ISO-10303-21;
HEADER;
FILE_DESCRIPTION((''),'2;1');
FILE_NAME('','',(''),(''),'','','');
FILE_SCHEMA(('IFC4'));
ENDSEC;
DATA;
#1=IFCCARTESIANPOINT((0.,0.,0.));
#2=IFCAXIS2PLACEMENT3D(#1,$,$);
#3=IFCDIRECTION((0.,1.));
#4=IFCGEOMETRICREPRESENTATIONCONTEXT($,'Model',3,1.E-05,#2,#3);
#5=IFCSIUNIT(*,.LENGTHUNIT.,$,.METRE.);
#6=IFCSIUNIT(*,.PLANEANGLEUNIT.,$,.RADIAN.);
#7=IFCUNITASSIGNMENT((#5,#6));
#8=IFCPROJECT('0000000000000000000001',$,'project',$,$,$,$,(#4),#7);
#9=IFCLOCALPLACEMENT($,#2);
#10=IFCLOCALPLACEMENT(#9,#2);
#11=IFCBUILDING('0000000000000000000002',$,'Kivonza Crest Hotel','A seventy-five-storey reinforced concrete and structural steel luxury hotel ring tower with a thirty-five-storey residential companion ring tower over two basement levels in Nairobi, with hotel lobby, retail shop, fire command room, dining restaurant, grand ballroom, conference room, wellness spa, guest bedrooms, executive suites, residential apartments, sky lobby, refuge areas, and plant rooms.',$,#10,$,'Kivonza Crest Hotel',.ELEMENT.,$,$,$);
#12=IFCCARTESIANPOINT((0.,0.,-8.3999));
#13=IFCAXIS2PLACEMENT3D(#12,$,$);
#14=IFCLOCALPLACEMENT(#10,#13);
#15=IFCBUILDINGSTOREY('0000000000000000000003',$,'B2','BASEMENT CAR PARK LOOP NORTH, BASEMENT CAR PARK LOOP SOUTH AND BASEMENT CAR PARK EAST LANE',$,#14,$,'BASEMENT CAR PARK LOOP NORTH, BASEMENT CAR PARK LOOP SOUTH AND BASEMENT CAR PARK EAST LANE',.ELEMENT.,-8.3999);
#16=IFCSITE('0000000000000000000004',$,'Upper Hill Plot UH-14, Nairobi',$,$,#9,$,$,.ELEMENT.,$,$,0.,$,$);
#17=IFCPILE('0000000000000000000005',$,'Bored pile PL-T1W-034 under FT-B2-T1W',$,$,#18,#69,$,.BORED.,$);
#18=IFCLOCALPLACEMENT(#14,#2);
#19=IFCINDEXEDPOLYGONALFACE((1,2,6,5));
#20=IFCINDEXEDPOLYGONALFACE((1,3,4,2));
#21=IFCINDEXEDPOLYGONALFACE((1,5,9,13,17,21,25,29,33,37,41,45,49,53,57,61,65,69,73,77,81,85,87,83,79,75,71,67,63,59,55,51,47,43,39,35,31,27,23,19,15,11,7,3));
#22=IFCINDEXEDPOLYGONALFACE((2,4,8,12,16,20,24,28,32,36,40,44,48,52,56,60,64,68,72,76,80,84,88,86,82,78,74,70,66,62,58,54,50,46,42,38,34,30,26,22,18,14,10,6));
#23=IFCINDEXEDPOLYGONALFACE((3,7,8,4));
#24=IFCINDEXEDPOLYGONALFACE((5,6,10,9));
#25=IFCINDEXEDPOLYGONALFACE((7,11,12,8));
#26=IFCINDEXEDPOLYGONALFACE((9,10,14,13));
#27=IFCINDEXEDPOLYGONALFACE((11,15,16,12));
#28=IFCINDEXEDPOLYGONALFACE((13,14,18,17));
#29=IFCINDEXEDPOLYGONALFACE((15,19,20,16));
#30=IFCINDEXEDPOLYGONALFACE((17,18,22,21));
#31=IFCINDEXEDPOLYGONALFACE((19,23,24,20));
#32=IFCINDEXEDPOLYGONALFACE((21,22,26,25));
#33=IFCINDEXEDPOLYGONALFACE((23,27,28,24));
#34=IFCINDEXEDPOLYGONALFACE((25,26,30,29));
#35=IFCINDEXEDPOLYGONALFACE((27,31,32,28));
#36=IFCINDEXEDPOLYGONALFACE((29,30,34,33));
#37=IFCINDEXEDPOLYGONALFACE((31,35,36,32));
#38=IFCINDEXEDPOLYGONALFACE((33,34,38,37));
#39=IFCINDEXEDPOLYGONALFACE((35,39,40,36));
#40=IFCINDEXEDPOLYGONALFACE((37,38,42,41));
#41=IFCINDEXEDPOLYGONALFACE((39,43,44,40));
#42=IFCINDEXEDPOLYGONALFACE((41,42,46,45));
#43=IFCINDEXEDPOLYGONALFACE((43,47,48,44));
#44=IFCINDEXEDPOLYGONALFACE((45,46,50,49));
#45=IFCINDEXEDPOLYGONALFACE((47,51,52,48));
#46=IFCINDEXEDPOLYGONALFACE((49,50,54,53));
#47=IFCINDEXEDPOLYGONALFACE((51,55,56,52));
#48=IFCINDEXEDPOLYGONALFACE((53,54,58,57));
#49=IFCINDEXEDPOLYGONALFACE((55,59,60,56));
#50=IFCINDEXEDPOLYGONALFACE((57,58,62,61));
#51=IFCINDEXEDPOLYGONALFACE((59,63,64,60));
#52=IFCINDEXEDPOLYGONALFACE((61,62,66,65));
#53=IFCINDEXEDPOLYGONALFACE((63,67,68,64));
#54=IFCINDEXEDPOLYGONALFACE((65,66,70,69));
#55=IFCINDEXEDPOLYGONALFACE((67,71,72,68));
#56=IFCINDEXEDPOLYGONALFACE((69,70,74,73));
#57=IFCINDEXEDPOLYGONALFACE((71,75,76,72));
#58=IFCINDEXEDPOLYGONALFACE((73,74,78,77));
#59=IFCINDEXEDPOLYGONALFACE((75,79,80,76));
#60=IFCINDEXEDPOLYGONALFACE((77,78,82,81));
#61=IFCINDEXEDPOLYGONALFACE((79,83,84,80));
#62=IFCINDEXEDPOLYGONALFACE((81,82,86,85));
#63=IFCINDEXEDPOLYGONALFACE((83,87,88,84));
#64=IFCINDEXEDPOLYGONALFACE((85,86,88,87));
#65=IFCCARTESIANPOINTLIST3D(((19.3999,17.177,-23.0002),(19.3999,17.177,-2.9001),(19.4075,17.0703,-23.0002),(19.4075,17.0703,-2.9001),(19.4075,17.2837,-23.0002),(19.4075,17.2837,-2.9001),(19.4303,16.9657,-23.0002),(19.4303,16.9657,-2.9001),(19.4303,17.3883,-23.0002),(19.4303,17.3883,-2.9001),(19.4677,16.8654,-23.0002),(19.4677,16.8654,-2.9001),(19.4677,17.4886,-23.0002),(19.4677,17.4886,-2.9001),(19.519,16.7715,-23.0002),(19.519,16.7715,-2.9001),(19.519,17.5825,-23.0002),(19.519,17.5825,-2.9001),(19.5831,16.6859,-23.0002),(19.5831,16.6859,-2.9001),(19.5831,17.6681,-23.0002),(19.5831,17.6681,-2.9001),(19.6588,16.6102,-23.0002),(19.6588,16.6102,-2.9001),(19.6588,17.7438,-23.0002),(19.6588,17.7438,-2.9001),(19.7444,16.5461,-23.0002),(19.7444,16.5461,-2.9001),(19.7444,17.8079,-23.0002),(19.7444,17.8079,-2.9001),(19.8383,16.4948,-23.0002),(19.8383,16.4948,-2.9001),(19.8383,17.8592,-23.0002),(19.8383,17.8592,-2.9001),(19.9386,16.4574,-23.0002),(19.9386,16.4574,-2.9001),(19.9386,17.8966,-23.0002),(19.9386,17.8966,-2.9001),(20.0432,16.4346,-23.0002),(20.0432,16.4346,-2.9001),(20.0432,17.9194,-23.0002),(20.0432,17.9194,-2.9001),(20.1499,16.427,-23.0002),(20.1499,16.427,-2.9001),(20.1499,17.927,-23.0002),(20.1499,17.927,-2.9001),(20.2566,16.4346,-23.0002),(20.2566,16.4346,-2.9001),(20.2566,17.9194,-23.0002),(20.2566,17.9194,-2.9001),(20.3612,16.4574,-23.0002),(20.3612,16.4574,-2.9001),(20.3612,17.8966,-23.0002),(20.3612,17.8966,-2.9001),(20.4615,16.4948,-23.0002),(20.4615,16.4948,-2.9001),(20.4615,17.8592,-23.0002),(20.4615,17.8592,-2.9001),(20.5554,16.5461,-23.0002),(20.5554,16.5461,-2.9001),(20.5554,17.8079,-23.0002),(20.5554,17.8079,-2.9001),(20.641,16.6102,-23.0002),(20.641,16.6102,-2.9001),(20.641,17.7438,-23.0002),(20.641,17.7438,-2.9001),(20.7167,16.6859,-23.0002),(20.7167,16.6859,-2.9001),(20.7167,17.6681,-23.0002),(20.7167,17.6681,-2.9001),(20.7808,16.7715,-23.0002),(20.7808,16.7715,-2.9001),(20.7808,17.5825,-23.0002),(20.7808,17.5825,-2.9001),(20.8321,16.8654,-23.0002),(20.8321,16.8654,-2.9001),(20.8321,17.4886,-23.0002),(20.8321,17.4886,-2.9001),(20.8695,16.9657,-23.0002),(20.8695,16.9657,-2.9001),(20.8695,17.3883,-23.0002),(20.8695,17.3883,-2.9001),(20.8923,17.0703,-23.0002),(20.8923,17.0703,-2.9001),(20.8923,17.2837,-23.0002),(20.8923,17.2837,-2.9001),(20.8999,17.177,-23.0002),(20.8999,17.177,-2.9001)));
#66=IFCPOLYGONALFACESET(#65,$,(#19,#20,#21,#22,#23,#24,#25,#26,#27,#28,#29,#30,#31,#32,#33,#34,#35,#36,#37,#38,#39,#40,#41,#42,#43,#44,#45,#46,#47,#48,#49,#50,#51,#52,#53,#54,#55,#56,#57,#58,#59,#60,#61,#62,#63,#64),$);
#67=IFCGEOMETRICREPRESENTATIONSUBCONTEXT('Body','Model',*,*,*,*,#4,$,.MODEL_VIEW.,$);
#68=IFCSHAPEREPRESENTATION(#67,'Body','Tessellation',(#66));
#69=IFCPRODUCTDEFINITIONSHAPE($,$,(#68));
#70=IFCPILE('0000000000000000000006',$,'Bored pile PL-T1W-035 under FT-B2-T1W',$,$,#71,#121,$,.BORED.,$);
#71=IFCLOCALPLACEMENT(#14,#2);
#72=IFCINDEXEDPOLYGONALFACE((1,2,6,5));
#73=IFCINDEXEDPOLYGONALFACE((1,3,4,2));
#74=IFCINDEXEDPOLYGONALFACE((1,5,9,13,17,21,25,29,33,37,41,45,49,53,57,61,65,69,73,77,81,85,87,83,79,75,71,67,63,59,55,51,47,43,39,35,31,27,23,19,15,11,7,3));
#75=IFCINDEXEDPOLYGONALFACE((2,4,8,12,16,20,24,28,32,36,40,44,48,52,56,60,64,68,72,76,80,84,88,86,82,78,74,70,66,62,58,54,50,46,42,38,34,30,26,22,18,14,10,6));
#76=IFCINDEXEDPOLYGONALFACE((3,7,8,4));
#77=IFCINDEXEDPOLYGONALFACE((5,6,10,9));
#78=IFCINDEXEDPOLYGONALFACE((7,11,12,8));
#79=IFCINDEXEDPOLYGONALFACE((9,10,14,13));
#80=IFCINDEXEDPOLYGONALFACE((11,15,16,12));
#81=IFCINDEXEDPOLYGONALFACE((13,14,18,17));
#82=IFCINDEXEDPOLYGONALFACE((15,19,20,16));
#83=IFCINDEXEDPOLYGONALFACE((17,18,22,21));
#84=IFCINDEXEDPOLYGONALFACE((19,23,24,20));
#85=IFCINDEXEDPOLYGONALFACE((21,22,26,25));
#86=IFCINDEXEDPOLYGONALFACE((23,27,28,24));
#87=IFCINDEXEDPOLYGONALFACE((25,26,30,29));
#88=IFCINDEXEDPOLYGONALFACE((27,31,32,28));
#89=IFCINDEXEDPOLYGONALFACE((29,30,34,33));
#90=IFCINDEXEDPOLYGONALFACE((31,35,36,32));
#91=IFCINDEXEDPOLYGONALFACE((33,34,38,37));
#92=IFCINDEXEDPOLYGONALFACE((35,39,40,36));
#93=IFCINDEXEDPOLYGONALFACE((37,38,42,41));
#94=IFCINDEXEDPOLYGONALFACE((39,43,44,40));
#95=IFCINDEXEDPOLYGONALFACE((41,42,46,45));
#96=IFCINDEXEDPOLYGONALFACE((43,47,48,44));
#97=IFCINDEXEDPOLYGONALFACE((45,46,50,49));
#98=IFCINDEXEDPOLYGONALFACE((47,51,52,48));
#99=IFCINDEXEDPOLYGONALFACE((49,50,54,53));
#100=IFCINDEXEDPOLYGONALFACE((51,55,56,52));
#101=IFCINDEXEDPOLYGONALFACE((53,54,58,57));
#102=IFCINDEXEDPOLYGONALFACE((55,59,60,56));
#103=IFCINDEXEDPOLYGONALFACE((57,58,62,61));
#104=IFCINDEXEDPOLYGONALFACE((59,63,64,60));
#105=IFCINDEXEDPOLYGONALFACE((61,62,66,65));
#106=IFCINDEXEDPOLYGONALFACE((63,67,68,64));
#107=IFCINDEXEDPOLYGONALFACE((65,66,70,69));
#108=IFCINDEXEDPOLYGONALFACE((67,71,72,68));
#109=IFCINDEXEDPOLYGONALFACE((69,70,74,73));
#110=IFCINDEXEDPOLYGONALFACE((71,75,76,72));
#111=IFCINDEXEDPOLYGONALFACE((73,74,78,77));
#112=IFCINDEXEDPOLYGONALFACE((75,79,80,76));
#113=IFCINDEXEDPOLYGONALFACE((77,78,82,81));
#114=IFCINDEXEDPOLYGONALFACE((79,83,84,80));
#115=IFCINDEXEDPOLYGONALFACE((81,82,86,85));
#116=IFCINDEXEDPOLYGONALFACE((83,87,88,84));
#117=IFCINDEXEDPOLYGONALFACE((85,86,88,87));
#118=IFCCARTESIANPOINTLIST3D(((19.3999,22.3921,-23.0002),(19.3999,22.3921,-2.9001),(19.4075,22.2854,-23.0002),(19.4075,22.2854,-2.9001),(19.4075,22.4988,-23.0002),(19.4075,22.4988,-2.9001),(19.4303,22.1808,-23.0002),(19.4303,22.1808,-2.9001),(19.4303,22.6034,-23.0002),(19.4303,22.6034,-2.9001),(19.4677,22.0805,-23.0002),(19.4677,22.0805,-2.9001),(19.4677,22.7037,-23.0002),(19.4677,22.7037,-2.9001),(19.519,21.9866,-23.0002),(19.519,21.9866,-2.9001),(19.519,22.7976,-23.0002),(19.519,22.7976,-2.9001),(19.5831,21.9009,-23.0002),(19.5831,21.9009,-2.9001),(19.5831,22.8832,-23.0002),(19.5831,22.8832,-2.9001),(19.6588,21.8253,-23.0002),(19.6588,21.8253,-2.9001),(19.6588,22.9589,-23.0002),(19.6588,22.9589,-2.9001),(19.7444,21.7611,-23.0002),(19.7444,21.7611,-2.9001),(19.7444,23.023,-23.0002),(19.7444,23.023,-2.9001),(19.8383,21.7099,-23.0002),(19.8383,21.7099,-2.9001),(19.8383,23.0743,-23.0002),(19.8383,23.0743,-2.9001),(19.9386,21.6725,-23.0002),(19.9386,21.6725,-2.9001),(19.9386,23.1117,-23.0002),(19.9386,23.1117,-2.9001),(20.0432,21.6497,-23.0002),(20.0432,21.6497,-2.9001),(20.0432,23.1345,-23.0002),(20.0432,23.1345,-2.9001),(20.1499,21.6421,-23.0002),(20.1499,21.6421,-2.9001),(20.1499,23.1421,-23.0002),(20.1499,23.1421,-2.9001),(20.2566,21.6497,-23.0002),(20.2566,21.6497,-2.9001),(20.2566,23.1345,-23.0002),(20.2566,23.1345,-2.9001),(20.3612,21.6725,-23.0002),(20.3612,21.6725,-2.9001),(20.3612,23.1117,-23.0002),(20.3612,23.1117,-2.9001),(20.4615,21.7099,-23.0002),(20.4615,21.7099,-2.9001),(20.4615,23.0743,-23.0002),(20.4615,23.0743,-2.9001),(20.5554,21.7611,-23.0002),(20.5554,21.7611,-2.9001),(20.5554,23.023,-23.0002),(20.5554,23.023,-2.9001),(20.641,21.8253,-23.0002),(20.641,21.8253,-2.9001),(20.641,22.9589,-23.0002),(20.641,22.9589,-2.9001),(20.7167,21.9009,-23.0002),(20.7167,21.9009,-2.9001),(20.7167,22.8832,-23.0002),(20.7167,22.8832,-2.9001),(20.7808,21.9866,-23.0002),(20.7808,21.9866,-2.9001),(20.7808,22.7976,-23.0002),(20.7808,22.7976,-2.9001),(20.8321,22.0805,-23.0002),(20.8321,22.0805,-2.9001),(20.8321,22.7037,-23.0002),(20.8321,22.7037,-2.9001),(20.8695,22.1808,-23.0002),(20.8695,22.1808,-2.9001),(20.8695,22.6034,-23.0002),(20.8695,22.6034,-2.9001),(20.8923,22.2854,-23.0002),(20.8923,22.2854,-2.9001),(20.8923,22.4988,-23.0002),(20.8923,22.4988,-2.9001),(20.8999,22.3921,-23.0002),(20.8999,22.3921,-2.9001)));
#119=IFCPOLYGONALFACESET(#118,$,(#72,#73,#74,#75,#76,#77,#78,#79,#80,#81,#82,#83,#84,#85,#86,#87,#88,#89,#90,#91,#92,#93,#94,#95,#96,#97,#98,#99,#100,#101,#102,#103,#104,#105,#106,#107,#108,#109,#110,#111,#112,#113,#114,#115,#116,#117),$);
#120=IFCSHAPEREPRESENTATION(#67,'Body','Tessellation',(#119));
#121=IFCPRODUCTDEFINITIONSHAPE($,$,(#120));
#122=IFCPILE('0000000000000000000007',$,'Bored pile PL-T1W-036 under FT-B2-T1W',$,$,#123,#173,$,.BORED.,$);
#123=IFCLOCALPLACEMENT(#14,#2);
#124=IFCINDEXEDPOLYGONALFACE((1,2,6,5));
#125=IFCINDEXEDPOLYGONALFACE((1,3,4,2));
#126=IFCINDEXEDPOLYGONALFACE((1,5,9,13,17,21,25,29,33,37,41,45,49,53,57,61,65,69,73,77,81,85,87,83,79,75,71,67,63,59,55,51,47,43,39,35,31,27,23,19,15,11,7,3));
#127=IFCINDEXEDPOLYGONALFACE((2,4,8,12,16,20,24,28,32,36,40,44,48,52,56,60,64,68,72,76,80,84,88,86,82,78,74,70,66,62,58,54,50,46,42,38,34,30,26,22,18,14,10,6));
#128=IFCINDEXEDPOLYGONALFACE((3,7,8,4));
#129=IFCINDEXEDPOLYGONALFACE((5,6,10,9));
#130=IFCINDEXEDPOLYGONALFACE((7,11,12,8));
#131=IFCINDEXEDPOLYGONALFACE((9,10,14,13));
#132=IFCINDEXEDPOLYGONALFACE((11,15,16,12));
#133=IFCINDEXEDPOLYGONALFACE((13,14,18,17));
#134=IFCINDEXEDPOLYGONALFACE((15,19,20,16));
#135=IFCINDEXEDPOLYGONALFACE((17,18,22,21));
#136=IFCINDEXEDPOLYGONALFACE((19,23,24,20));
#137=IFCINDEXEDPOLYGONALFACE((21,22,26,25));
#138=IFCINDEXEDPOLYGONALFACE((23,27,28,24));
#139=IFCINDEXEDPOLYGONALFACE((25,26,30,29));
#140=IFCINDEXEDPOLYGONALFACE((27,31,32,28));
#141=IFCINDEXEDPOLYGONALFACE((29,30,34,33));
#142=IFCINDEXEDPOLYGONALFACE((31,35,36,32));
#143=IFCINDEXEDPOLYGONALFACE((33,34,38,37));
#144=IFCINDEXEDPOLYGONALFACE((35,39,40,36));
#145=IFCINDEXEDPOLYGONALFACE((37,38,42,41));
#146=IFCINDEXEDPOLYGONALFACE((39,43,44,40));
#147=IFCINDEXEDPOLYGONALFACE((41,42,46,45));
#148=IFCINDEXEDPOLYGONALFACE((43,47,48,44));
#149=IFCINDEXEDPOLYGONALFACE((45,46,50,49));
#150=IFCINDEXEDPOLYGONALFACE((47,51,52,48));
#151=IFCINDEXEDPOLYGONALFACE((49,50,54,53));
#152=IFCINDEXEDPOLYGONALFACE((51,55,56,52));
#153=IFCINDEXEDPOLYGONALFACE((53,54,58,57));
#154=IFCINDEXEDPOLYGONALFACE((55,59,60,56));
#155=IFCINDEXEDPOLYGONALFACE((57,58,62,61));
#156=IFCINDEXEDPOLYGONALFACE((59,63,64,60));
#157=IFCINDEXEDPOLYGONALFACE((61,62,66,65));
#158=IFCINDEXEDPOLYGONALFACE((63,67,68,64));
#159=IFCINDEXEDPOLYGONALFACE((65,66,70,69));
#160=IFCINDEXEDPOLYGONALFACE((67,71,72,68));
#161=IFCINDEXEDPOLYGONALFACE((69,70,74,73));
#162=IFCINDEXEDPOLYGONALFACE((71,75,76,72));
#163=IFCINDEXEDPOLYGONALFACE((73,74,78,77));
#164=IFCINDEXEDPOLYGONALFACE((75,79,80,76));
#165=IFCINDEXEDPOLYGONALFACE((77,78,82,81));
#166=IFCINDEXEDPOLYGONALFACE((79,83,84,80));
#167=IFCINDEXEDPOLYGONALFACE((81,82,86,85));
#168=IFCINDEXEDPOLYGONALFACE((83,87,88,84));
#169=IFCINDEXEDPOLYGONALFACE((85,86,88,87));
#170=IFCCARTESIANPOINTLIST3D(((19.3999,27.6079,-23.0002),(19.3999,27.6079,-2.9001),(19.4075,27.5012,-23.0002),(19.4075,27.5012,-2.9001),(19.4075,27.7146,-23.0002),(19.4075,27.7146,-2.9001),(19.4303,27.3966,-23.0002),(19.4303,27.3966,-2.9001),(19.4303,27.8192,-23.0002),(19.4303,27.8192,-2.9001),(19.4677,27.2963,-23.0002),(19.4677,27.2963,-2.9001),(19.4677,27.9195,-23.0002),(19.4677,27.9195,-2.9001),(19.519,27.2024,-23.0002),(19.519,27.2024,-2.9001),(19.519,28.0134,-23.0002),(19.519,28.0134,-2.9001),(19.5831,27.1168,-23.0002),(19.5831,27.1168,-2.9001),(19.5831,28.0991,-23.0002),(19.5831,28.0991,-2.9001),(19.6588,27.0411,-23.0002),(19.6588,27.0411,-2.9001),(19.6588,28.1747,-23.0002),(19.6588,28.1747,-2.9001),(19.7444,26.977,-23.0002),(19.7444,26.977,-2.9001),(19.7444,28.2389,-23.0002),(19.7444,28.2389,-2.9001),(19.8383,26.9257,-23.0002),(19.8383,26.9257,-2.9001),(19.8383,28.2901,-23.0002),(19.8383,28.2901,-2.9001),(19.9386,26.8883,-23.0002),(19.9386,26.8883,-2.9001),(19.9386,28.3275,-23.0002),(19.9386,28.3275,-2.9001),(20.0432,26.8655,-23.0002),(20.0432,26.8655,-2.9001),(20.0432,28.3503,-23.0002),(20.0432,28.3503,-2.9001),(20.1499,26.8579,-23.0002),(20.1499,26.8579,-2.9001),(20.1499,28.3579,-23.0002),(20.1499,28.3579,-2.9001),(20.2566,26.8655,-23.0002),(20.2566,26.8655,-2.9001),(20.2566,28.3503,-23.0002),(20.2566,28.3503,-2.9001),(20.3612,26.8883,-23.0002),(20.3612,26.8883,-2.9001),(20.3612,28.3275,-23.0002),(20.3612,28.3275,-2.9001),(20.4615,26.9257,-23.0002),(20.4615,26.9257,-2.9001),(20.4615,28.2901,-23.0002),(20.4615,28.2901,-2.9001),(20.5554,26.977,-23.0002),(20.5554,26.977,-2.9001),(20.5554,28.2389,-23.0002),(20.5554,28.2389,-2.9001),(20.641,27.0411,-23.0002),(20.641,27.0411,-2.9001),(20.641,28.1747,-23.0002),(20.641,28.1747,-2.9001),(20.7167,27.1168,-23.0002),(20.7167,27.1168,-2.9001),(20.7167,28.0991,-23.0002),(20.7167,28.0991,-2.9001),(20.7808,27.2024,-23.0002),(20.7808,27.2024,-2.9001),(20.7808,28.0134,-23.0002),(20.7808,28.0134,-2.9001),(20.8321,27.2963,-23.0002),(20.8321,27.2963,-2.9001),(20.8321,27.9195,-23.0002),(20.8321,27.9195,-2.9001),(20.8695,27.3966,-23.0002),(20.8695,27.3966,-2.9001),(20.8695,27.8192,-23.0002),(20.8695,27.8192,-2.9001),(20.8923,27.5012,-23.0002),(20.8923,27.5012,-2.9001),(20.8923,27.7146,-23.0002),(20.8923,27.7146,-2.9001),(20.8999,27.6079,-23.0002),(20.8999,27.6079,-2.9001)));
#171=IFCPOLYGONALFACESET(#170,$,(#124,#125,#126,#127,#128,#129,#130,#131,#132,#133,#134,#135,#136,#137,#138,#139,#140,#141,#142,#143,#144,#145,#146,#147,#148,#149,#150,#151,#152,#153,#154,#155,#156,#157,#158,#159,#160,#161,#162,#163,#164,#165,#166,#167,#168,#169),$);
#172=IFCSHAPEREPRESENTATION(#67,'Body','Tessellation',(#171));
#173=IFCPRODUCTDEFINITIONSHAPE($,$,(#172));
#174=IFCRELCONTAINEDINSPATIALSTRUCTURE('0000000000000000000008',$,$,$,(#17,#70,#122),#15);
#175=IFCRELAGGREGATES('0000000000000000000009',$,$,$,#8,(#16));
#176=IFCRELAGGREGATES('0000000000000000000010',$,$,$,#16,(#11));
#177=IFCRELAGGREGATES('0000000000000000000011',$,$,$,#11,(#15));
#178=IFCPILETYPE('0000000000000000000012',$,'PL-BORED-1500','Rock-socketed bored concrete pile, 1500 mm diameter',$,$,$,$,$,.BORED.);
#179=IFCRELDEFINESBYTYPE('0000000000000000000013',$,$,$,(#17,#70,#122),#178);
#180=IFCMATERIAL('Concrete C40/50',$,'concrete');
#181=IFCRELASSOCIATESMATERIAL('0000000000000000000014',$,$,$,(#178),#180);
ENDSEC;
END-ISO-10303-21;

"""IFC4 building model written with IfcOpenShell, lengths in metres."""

from ifc_helpers import new_model, si_unit, direction, frame, origin, origin_2d, place, context, subcontext, project, spatial, circle, extrude, material, material_profile, profile_set, type_object, element, save


model = new_model("IFC4")

# Units and contexts
model_context = context("Model", 3, precision=1e-05, world=origin(), true_north=direction((0.0, 1.0)))
body_context = subcontext(model_context, "Body", "Model", "MODEL_VIEW")
ifc_project = project(units=[si_unit("LENGTHUNIT", "METRE"), si_unit("PLANEANGLEUNIT", "RADIAN")], contexts=[model_context])

# Site, building, storey
site_placement = place(None, origin())
site = spatial("IfcSite", under=ifc_project, at=site_placement, Name="Upper Hill Plot UH-14, Nairobi", CompositionType="ELEMENT", RefElevation=0.0)
building_placement = place(site_placement, origin())
building = spatial("IfcBuilding", under=site, at=building_placement, Name="Kivonza Crest Hotel", Description="A seventy-five-storey reinforced concrete and structural steel luxury hotel ring tower with a thirty-five-storey residential companion ring tower over two basement levels in Nairobi, with hotel lobby, retail shop, fire command room, dining restaurant, grand ballroom, conference room, wellness spa, guest bedrooms, executive suites, residential apartments, sky lobby, refuge areas, and plant rooms.", LongName="Kivonza Crest Hotel", CompositionType="ELEMENT")
storey_placement = place(building_placement, frame((0.0, 0.0, -8.3999)))
storey = spatial("IfcBuildingStorey", under=building, at=storey_placement, Name="B2", Description="BASEMENT CAR PARK LOOP NORTH, BASEMENT CAR PARK LOOP SOUTH AND BASEMENT CAR PARK EAST LANE", LongName="BASEMENT CAR PARK LOOP NORTH, BASEMENT CAR PARK LOOP SOUTH AND BASEMENT CAR PARK EAST LANE", CompositionType="ELEMENT", Elevation=-8.3999)

# Piles
ifc_material_1 = material(Name="Concrete C40/50", Category="concrete")
ifc_material_profile_1 = material_profile(ifc_material_1, circle(Radius=0.75, at=origin_2d()), Name="PILE D1500")
ifc_profile_set_1 = profile_set([ifc_material_profile_1], Name="Concrete C40/50")
pile_type = type_object("IfcPileType", Name="PL-BORED-1500", Description="Rock-socketed bored concrete pile, 1500 mm diameter", PredefinedType="BORED", material=ifc_profile_set_1)
for number, where, z_axis, x_axis, name in (
    (1, (20.1499, 17.177, -2.9001), (0.0, 0.0, -1.0), (1.0, 0.0, 0.0), "Bored pile PL-T1W-034 under FT-B2-T1W"),
    (2, (20.1499, 22.3921, -2.9001), (0.0, 0.0, -1.0), (1.0, 0.0, 0.0), "Bored pile PL-T1W-035 under FT-B2-T1W"),
    (3, (20.1499, 27.6079, -2.9001), (0.0, 0.0, -1.0), (1.0, 0.0, 0.0), "Bored pile PL-T1W-036 under FT-B2-T1W"),
):
    element("IfcPile", number, at=place(storey_placement, frame(where, z_axis=z_axis, x_axis=x_axis)), inside=storey, type_object=pile_type, Name=name, PredefinedType="BORED", context=body_context, shape_type="SweptSolid", body=[
        extrude(circle(Radius=0.75, at=origin_2d()), origin(), (0.0, 0.0, 1.0), 20.1001),
    ])

save(model, "model.ifc")
